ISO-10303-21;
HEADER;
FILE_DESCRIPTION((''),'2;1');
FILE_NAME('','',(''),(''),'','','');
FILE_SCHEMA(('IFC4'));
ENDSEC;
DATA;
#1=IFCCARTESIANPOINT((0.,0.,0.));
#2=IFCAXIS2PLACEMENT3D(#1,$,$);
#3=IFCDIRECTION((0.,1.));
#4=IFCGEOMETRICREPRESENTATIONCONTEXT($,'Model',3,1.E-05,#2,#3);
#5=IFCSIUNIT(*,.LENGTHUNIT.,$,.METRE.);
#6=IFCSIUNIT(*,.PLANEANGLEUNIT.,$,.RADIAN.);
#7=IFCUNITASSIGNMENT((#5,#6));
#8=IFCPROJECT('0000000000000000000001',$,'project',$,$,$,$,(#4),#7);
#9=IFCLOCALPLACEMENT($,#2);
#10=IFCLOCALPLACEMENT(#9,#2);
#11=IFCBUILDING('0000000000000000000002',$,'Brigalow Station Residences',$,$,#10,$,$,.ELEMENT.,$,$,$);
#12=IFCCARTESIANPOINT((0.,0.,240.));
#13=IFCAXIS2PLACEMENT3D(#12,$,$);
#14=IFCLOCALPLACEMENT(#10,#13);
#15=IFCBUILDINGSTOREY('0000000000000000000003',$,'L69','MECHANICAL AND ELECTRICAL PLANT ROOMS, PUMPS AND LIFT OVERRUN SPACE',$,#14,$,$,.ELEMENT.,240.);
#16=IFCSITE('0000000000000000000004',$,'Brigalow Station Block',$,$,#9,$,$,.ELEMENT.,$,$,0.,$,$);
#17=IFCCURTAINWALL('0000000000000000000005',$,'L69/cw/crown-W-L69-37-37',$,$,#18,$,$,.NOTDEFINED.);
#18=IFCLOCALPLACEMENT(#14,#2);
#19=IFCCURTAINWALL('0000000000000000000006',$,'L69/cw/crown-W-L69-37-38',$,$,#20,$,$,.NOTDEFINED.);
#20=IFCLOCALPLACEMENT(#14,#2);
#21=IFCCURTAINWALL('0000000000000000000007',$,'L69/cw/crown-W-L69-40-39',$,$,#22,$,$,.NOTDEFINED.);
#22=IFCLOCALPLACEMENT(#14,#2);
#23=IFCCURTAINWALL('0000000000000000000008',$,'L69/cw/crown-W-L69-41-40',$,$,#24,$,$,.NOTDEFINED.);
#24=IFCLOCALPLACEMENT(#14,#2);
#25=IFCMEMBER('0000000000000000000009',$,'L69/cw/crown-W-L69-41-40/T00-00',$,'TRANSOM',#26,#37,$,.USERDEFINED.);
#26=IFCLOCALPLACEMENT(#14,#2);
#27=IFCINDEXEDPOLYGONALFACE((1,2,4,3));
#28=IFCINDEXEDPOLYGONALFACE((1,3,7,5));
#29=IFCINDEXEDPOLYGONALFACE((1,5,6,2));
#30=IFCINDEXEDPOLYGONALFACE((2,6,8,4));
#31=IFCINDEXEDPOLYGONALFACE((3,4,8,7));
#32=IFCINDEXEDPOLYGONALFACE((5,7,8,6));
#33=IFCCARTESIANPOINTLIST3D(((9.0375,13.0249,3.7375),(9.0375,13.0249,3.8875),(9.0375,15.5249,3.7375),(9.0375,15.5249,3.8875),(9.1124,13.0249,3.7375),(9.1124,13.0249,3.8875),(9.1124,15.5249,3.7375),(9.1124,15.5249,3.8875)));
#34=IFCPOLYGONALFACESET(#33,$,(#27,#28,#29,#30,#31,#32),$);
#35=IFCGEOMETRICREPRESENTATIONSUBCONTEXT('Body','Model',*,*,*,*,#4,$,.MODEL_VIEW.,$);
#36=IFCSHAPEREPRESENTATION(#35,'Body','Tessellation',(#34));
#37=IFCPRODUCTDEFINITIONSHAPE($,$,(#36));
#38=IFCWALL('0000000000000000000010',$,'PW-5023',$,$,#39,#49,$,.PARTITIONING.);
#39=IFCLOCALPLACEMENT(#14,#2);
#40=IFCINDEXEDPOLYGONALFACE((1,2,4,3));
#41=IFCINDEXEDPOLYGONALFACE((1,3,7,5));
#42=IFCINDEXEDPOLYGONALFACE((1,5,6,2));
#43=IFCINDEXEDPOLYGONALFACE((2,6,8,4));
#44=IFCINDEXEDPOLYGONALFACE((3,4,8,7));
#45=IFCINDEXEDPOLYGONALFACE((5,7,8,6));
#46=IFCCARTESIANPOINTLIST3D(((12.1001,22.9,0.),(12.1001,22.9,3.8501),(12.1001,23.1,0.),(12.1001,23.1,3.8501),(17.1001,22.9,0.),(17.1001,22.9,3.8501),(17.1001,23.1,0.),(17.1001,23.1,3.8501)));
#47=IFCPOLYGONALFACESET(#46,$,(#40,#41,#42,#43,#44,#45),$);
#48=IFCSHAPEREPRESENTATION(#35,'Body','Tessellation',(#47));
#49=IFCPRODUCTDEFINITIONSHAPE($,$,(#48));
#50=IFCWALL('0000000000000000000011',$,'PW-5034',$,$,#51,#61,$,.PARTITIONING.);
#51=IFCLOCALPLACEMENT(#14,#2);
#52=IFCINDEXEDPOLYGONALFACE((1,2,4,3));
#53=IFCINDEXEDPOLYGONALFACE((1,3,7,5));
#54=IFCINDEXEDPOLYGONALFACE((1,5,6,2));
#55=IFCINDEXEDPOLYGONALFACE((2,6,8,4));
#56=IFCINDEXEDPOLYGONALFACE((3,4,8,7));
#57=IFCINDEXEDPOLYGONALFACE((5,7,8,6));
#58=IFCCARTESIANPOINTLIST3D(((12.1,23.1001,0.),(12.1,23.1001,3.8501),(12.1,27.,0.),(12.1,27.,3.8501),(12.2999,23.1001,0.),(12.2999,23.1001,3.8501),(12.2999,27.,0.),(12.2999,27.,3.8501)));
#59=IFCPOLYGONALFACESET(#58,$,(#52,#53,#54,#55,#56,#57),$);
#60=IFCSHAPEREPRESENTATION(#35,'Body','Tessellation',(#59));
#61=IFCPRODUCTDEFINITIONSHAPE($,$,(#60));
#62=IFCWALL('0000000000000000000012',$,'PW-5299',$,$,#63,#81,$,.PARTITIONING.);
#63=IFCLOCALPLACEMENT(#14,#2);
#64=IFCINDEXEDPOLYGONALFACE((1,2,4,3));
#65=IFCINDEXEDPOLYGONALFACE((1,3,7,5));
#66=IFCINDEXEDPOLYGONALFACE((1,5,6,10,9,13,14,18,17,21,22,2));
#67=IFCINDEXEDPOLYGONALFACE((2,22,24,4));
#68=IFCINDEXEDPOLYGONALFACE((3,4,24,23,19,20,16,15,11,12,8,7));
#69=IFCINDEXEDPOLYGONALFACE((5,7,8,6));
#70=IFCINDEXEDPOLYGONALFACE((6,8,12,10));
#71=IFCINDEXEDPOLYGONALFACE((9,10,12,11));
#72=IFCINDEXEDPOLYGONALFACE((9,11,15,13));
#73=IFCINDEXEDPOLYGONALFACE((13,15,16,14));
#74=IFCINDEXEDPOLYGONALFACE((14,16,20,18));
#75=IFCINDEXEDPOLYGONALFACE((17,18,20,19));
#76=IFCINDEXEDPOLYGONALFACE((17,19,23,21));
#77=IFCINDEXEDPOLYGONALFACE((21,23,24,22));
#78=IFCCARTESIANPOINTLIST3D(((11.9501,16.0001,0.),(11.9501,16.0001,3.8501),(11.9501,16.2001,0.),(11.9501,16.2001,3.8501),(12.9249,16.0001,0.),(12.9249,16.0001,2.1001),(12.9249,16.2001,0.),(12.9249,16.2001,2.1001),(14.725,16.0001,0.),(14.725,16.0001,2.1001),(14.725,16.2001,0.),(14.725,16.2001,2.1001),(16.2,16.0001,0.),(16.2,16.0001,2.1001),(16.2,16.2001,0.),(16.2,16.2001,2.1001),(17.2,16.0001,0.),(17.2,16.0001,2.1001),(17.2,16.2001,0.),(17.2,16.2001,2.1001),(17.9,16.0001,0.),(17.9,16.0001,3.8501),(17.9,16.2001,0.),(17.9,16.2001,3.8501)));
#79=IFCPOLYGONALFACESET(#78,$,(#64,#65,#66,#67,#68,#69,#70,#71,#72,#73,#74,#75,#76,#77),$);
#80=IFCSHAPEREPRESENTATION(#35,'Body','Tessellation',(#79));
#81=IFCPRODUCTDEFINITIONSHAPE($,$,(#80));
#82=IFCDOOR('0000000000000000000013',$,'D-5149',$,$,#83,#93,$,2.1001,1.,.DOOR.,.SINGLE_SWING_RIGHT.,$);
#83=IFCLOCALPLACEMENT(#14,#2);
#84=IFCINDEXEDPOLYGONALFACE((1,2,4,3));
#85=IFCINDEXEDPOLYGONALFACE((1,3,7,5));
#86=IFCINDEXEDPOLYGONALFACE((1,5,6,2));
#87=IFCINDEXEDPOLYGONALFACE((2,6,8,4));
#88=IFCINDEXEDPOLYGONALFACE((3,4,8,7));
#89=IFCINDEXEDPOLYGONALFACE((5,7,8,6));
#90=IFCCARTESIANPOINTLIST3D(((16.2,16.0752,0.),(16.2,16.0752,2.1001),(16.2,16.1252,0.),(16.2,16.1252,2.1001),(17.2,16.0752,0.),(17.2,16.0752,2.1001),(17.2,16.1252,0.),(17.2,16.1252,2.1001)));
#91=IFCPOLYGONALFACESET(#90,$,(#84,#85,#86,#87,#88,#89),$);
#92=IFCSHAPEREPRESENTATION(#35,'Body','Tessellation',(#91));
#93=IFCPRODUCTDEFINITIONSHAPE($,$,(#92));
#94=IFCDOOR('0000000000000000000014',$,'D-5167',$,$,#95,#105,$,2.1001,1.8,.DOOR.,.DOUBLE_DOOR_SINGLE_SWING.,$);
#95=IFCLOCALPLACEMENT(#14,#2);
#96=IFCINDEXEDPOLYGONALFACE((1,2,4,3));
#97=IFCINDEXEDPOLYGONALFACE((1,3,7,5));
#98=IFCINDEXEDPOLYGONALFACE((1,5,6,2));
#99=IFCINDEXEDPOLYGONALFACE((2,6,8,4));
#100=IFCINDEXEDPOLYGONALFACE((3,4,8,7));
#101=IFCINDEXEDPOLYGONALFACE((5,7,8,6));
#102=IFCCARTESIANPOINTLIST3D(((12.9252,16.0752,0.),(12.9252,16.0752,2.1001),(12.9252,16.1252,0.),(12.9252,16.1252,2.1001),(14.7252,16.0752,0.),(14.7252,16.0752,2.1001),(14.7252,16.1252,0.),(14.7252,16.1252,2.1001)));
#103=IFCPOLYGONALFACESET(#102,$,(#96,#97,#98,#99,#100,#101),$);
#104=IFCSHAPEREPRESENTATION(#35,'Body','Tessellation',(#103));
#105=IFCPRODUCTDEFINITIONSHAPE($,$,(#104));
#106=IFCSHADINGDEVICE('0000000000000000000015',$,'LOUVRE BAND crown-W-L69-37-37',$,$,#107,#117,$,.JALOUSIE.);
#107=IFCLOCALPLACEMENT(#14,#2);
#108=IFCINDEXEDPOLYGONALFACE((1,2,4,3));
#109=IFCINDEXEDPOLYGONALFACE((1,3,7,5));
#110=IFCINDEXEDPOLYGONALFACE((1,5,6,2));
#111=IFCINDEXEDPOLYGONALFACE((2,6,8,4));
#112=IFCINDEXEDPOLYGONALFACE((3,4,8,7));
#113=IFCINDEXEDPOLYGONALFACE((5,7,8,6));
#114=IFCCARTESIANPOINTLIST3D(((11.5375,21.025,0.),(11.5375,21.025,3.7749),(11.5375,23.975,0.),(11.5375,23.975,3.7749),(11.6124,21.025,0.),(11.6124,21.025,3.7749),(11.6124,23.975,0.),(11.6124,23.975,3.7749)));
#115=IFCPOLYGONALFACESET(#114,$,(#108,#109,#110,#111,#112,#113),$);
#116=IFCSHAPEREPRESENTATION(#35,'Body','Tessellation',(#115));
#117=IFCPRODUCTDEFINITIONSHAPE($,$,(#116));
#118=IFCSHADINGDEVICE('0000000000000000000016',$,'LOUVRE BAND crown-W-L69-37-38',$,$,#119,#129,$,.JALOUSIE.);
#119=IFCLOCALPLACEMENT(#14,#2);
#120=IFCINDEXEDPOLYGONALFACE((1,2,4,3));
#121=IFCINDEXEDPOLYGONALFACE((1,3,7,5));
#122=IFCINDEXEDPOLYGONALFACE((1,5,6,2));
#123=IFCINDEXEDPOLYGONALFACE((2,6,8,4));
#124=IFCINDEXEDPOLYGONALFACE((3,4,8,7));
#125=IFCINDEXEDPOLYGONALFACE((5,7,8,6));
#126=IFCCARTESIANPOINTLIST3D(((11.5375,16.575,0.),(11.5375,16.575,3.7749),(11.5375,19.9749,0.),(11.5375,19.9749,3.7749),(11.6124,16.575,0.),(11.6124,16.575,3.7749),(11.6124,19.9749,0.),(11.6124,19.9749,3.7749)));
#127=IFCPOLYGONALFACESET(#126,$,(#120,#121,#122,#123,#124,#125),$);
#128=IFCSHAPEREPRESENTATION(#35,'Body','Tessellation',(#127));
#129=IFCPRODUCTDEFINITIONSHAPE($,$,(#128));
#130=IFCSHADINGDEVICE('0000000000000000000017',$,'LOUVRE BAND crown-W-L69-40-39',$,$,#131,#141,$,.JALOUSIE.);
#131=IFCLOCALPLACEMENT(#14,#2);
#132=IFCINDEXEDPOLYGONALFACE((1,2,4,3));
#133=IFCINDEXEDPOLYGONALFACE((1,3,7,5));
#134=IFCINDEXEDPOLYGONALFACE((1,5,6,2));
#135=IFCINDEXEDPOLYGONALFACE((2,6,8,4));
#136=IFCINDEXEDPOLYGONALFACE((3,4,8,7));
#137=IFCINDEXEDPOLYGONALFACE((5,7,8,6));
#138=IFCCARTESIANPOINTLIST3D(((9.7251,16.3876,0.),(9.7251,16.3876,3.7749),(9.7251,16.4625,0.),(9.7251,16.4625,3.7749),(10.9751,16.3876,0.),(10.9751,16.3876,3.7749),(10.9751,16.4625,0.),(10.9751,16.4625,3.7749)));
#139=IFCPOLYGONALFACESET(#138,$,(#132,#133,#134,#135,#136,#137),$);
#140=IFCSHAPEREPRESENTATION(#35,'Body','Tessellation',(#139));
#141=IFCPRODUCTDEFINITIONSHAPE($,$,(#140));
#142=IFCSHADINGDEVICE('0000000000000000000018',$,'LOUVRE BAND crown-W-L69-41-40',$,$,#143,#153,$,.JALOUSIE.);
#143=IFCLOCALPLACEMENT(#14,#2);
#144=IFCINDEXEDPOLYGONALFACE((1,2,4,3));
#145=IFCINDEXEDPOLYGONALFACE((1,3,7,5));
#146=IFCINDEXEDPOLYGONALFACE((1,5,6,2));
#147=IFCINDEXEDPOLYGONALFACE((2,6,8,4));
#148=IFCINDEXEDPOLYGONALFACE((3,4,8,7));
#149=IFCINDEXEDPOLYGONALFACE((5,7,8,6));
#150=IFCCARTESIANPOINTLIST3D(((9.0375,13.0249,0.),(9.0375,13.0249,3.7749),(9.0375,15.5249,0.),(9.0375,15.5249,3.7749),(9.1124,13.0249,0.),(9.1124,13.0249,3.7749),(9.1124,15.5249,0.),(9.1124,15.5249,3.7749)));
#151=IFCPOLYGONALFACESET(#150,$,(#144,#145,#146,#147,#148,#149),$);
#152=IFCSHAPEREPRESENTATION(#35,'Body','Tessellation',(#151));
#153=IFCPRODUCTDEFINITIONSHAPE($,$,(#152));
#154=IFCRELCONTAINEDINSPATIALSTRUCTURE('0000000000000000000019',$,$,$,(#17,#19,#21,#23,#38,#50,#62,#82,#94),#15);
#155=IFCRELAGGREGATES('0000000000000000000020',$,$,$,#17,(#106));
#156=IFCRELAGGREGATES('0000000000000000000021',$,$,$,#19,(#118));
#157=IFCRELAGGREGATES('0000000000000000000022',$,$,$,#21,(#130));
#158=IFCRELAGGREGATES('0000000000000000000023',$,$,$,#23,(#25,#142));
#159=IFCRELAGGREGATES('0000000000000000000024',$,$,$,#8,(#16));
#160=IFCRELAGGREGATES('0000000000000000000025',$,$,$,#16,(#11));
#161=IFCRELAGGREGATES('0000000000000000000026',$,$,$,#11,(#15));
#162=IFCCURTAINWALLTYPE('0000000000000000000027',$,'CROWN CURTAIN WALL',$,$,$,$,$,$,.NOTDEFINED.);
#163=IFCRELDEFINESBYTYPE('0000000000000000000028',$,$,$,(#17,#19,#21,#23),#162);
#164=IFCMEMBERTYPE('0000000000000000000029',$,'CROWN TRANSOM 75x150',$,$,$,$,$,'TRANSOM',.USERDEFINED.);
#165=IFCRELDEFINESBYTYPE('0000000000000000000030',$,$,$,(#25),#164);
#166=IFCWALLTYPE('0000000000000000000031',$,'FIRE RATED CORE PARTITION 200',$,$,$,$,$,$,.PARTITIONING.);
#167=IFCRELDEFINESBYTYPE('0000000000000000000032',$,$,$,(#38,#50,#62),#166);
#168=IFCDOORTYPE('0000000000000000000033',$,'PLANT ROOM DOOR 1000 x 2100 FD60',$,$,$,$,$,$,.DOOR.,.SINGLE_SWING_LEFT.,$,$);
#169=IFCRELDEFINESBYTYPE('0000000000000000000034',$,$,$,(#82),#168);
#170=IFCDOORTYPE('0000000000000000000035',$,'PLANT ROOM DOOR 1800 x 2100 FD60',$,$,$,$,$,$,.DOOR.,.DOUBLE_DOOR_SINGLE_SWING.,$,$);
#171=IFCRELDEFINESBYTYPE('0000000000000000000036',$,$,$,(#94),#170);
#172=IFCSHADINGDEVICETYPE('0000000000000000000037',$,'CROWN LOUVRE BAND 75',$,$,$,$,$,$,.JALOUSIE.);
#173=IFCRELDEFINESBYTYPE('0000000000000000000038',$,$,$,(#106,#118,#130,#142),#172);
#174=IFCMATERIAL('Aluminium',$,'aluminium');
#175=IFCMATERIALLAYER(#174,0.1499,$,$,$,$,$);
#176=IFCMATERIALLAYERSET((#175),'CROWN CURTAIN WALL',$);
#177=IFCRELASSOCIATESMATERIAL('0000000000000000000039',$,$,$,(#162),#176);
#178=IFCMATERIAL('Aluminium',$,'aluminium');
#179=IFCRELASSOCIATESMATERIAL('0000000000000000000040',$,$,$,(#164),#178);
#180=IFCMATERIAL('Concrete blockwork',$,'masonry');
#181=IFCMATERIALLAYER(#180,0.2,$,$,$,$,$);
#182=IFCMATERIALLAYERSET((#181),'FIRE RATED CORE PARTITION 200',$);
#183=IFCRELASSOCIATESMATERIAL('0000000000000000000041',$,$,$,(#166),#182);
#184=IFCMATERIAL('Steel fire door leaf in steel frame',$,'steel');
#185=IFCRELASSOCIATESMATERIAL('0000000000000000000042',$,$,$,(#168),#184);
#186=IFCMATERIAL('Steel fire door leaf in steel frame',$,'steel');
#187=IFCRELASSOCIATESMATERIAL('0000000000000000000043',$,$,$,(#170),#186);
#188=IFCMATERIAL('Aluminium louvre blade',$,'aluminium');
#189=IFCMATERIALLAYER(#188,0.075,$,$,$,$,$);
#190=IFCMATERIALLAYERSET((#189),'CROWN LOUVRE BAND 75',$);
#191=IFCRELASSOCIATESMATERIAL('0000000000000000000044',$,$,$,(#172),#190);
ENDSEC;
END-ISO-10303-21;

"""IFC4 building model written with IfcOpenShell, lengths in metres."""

from ifc_helpers import new_model, si_unit, direction, frame, frame_2d, origin, origin_2d, place, context, subcontext, project, spatial, rectangle, extrude, material, layer, layer_set, material_profile, profile_set, type_object, element, fill, aggregate, save


model = new_model("IFC4")

# Units and contexts
model_context = context("Model", 3, precision=1e-05, world=origin(), true_north=direction((0.0, 1.0)))
body_context = subcontext(model_context, "Body", "Model", "MODEL_VIEW")
ifc_project = project(units=[si_unit("LENGTHUNIT", "METRE"), si_unit("PLANEANGLEUNIT", "RADIAN")], contexts=[model_context])

# Site, building, storey
site_placement = place(None, origin())
site = spatial("IfcSite", under=ifc_project, at=site_placement, Name="Brigalow Station Block", CompositionType="ELEMENT", RefElevation=0.0)
building_placement = place(site_placement, origin())
building = spatial("IfcBuilding", under=site, at=building_placement, Name="Brigalow Station Residences", CompositionType="ELEMENT")
storey_placement = place(building_placement, frame((0.0, 0.0, 240.0)))
storey = spatial("IfcBuildingStorey", under=building, at=storey_placement, Name="L69", Description="MECHANICAL AND ELECTRICAL PLANT ROOMS, PUMPS AND LIFT OVERRUN SPACE", CompositionType="ELEMENT", Elevation=240.0)

# Curtain walls
ifc_material_1 = material(Name="Aluminium", Category="aluminium")
ifc_layer_1 = layer(ifc_material_1, 0.1499)
ifc_layer_set_1 = layer_set([ifc_layer_1], Name="CROWN CURTAIN WALL")
curtain_wall_type = type_object("IfcCurtainWallType", Name="CROWN CURTAIN WALL", PredefinedType="NOTDEFINED", material=ifc_layer_set_1)
curtain_wall_1_placement = place(storey_placement, origin())
curtain_wall_1 = element("IfcCurtainWall", 1, at=curtain_wall_1_placement, inside=storey, type_object=curtain_wall_type, Name="L69/cw/crown-W-L69-37-37", PredefinedType="NOTDEFINED")
curtain_wall_2_placement = place(storey_placement, origin())
curtain_wall_2 = element("IfcCurtainWall", 2, at=curtain_wall_2_placement, inside=storey, type_object=curtain_wall_type, Name="L69/cw/crown-W-L69-37-38", PredefinedType="NOTDEFINED")
curtain_wall_3_placement = place(storey_placement, origin())
curtain_wall_3 = element("IfcCurtainWall", 3, at=curtain_wall_3_placement, inside=storey, type_object=curtain_wall_type, Name="L69/cw/crown-W-L69-40-39", PredefinedType="NOTDEFINED")
curtain_wall_4_placement = place(storey_placement, origin())
curtain_wall_4 = element("IfcCurtainWall", 4, at=curtain_wall_4_placement, inside=storey, type_object=curtain_wall_type, Name="L69/cw/crown-W-L69-41-40", PredefinedType="NOTDEFINED")

# Member
ifc_material_2 = material(Name="Aluminium", Category="aluminium")
ifc_material_profile_1 = material_profile(ifc_material_2, rectangle(XDim=0.075, YDim=0.1499, at=origin_2d()), Name="CROWN TRANSOM 75x150")
ifc_profile_set_1 = profile_set([ifc_material_profile_1], Name="Aluminium")
member_type_1 = type_object("IfcMemberType", Name="CROWN TRANSOM 75x150", ElementType="TRANSOM", PredefinedType="USERDEFINED", material=ifc_profile_set_1)
member_1_placement = place(storey_placement, frame((9.075, 15.5249, 3.8125), z_axis=(0.0, -1.0, 0.0), x_axis=(1.0, 0.0, 0.0)))
member_1 = element("IfcMember", 5, at=member_1_placement, type_object=member_type_1, Name="L69/cw/crown-W-L69-41-40/T00-00", ObjectType="TRANSOM", PredefinedType="USERDEFINED", context=body_context, shape_type="SweptSolid", body=[
    extrude(rectangle(XDim=0.075, YDim=0.1499, at=origin_2d()), origin(), (0.0, 0.0, 1.0), 2.5),
])

# Walls
ifc_material_3 = material(Name="Concrete blockwork", Category="masonry")
ifc_layer_2 = layer(ifc_material_3, 0.2)
ifc_layer_set_2 = layer_set([ifc_layer_2], Name="FIRE RATED CORE PARTITION 200")
wall_type = type_object("IfcWallType", Name="FIRE RATED CORE PARTITION 200", PredefinedType="PARTITIONING", material=ifc_layer_set_2)
wall_1_placement = place(storey_placement, frame((12.1001, 23.0, 0.0), z_axis=(0.0, 0.0, 1.0), x_axis=(1.0, 0.0, 0.0)))
element("IfcWall", 6, at=wall_1_placement, inside=storey, type_object=wall_type, Name="PW-5023", PredefinedType="PARTITIONING", context=body_context, shape_type="SweptSolid", body=[
    extrude(rectangle(XDim=5.0, YDim=0.2, at=frame_2d((2.5, 0.0))), origin(), (0.0, 0.0, 1.0), 3.8501),
])
wall_2_placement = place(storey_placement, frame((12.2, 23.1001, 0.0), z_axis=(0.0, 0.0, 1.0), x_axis=(0.0, 1.0, 0.0)))
element("IfcWall", 7, at=wall_2_placement, inside=storey, type_object=wall_type, Name="PW-5034", PredefinedType="PARTITIONING", context=body_context, shape_type="SweptSolid", body=[
    extrude(rectangle(XDim=3.8999, YDim=0.2, at=frame_2d((1.95, 0.0))), origin(), (0.0, 0.0, 1.0), 3.8501),
])

# Wall, openings, doors
wall_3_placement = place(storey_placement, frame((11.95, 16.1001, 0.0), z_axis=(0.0, 0.0, 1.0), x_axis=(1.0, 0.0, 0.0)))
wall_3 = element("IfcWall", 8, at=wall_3_placement, inside=storey, type_object=wall_type, Name="PW-5299", PredefinedType="PARTITIONING", context=body_context, shape_type="SweptSolid", body=[
    extrude(rectangle(XDim=5.95, YDim=0.2, at=frame_2d((2.9751, 0.0))), origin(), (0.0, 0.0, 1.0), 3.8501),
])
opening_1_placement = place(wall_3_placement, frame((0.9751, 0.0, 0.0)))
opening_1 = element("IfcOpeningElement", 9, at=opening_1_placement, cuts=wall_3, PredefinedType="OPENING", context=body_context, shape_type="SweptSolid", body=[
    extrude(rectangle(XDim=1.8, YDim=2.1001, at=frame_2d((0.8999, 1.05))), frame((0.0, 0.1099, 0.0), z_axis=(0.0, -1.0, 0.0), x_axis=(1.0, 0.0, 0.0)), (0.0, 0.0, 1.0), 0.22),
])
opening_2_placement = place(wall_3_placement, frame((4.25, 0.0, 0.0)))
opening_2 = element("IfcOpeningElement", 10, at=opening_2_placement, cuts=wall_3, PredefinedType="OPENING", context=body_context, shape_type="SweptSolid", body=[
    extrude(rectangle(XDim=1.0, YDim=2.1001, at=frame_2d((0.5, 1.05))), frame((0.0, 0.1099, 0.0), z_axis=(0.0, -1.0, 0.0), x_axis=(1.0, 0.0, 0.0)), (0.0, 0.0, 1.0), 0.22),
])
ifc_material_4 = material(Name="Steel fire door leaf in steel frame", Category="steel")
door_type_1 = type_object("IfcDoorType", Name="PLANT ROOM DOOR 1000 x 2100 FD60", OperationType="SINGLE_SWING_LEFT", PredefinedType="DOOR", material=ifc_material_4)
door_1_placement = place(opening_2_placement, frame((1.0, 0.0, 0.0), z_axis=(0.0, 0.0, 1.0), x_axis=(-1.0, 0.0, 0.0)))
door_1 = element("IfcDoor", 11, at=door_1_placement, inside=storey, type_object=door_type_1, Name="D-5149", OperationType="SINGLE_SWING_RIGHT", OverallHeight=2.1001, OverallWidth=1.0, PredefinedType="DOOR", context=body_context, shape_type="SweptSolid", body=[
    extrude(rectangle(XDim=1.0, YDim=2.1001, at=frame_2d((0.5, 1.05))), frame((0.0, 0.0249, 0.0), z_axis=(0.0, -1.0, 0.0), x_axis=(1.0, 0.0, 0.0)), (0.0, 0.0, 1.0), 0.05),
])
fill(opening_2, door_1)
ifc_material_5 = material(Name="Steel fire door leaf in steel frame", Category="steel")
door_type_2 = type_object("IfcDoorType", Name="PLANT ROOM DOOR 1800 x 2100 FD60", OperationType="DOUBLE_DOOR_SINGLE_SWING", PredefinedType="DOOR", material=ifc_material_5)
door_2_placement = place(opening_1_placement, frame((1.8, 0.0, 0.0), z_axis=(0.0, 0.0, 1.0), x_axis=(-1.0, 0.0, 0.0)))
door_2 = element("IfcDoor", 12, at=door_2_placement, inside=storey, type_object=door_type_2, Name="D-5167", OperationType="DOUBLE_DOOR_SINGLE_SWING", OverallHeight=2.1001, OverallWidth=1.8, PredefinedType="DOOR", context=body_context, shape_type="SweptSolid", body=[
    extrude(rectangle(XDim=1.8, YDim=2.1001, at=frame_2d((0.8999, 1.05))), frame((0.0, 0.0249, 0.0), z_axis=(0.0, -1.0, 0.0), x_axis=(1.0, 0.0, 0.0)), (0.0, 0.0, 1.0), 0.05),
])
fill(opening_1, door_2)

# Shading devices
ifc_material_6 = material(Name="Aluminium louvre blade", Category="aluminium")
ifc_layer_3 = layer(ifc_material_6, 0.075)
ifc_layer_set_3 = layer_set([ifc_layer_3], Name="CROWN LOUVRE BAND 75")
shading_device_type = type_object("IfcShadingDeviceType", Name="CROWN LOUVRE BAND 75", PredefinedType="JALOUSIE", material=ifc_layer_set_3)
shading_device_1_placement = place(storey_placement, frame((11.575, 22.5, 0.0), z_axis=(0.0, 0.0, 1.0), x_axis=(0.0, -1.0, 0.0)))
shading_device_1 = element("IfcShadingDevice", 13, at=shading_device_1_placement, type_object=shading_device_type, Name="LOUVRE BAND crown-W-L69-37-37", PredefinedType="JALOUSIE", context=body_context, shape_type="SweptSolid", body=[
    extrude(rectangle(XDim=2.95, YDim=0.075, at=origin_2d()), origin(), (0.0, 0.0, 1.0), 3.7749),
])
aggregate(curtain_wall_1, [shading_device_1])
shading_device_2_placement = place(storey_placement, frame((11.575, 18.2749, 0.0), z_axis=(0.0, 0.0, 1.0), x_axis=(0.0, -1.0, 0.0)))
shading_device_2 = element("IfcShadingDevice", 14, at=shading_device_2_placement, type_object=shading_device_type, Name="LOUVRE BAND crown-W-L69-37-38", PredefinedType="JALOUSIE", context=body_context, shape_type="SweptSolid", body=[
    extrude(rectangle(XDim=3.3999, YDim=0.075, at=origin_2d()), origin(), (0.0, 0.0, 1.0), 3.7749),
])
aggregate(curtain_wall_2, [shading_device_2])
shading_device_3_placement = place(storey_placement, frame((10.3501, 16.425, 0.0), z_axis=(0.0, 0.0, 1.0), x_axis=(-1.0, 0.0, 0.0)))
shading_device_3 = element("IfcShadingDevice", 15, at=shading_device_3_placement, type_object=shading_device_type, Name="LOUVRE BAND crown-W-L69-40-39", PredefinedType="JALOUSIE", context=body_context, shape_type="SweptSolid", body=[
    extrude(rectangle(XDim=1.25, YDim=0.075, at=origin_2d()), origin(), (0.0, 0.0, 1.0), 3.7749),
])
aggregate(curtain_wall_3, [shading_device_3])
shading_device_4_placement = place(storey_placement, frame((9.075, 14.2749, 0.0), z_axis=(0.0, 0.0, 1.0), x_axis=(0.0, -1.0, 0.0)))
shading_device_4 = element("IfcShadingDevice", 16, at=shading_device_4_placement, type_object=shading_device_type, Name="LOUVRE BAND crown-W-L69-41-40", PredefinedType="JALOUSIE", context=body_context, shape_type="SweptSolid", body=[
    extrude(rectangle(XDim=2.5, YDim=0.075, at=origin_2d()), origin(), (0.0, 0.0, 1.0), 3.7749),
])
aggregate(curtain_wall_4, [member_1, shading_device_4])

save(model, "model.ifc")
